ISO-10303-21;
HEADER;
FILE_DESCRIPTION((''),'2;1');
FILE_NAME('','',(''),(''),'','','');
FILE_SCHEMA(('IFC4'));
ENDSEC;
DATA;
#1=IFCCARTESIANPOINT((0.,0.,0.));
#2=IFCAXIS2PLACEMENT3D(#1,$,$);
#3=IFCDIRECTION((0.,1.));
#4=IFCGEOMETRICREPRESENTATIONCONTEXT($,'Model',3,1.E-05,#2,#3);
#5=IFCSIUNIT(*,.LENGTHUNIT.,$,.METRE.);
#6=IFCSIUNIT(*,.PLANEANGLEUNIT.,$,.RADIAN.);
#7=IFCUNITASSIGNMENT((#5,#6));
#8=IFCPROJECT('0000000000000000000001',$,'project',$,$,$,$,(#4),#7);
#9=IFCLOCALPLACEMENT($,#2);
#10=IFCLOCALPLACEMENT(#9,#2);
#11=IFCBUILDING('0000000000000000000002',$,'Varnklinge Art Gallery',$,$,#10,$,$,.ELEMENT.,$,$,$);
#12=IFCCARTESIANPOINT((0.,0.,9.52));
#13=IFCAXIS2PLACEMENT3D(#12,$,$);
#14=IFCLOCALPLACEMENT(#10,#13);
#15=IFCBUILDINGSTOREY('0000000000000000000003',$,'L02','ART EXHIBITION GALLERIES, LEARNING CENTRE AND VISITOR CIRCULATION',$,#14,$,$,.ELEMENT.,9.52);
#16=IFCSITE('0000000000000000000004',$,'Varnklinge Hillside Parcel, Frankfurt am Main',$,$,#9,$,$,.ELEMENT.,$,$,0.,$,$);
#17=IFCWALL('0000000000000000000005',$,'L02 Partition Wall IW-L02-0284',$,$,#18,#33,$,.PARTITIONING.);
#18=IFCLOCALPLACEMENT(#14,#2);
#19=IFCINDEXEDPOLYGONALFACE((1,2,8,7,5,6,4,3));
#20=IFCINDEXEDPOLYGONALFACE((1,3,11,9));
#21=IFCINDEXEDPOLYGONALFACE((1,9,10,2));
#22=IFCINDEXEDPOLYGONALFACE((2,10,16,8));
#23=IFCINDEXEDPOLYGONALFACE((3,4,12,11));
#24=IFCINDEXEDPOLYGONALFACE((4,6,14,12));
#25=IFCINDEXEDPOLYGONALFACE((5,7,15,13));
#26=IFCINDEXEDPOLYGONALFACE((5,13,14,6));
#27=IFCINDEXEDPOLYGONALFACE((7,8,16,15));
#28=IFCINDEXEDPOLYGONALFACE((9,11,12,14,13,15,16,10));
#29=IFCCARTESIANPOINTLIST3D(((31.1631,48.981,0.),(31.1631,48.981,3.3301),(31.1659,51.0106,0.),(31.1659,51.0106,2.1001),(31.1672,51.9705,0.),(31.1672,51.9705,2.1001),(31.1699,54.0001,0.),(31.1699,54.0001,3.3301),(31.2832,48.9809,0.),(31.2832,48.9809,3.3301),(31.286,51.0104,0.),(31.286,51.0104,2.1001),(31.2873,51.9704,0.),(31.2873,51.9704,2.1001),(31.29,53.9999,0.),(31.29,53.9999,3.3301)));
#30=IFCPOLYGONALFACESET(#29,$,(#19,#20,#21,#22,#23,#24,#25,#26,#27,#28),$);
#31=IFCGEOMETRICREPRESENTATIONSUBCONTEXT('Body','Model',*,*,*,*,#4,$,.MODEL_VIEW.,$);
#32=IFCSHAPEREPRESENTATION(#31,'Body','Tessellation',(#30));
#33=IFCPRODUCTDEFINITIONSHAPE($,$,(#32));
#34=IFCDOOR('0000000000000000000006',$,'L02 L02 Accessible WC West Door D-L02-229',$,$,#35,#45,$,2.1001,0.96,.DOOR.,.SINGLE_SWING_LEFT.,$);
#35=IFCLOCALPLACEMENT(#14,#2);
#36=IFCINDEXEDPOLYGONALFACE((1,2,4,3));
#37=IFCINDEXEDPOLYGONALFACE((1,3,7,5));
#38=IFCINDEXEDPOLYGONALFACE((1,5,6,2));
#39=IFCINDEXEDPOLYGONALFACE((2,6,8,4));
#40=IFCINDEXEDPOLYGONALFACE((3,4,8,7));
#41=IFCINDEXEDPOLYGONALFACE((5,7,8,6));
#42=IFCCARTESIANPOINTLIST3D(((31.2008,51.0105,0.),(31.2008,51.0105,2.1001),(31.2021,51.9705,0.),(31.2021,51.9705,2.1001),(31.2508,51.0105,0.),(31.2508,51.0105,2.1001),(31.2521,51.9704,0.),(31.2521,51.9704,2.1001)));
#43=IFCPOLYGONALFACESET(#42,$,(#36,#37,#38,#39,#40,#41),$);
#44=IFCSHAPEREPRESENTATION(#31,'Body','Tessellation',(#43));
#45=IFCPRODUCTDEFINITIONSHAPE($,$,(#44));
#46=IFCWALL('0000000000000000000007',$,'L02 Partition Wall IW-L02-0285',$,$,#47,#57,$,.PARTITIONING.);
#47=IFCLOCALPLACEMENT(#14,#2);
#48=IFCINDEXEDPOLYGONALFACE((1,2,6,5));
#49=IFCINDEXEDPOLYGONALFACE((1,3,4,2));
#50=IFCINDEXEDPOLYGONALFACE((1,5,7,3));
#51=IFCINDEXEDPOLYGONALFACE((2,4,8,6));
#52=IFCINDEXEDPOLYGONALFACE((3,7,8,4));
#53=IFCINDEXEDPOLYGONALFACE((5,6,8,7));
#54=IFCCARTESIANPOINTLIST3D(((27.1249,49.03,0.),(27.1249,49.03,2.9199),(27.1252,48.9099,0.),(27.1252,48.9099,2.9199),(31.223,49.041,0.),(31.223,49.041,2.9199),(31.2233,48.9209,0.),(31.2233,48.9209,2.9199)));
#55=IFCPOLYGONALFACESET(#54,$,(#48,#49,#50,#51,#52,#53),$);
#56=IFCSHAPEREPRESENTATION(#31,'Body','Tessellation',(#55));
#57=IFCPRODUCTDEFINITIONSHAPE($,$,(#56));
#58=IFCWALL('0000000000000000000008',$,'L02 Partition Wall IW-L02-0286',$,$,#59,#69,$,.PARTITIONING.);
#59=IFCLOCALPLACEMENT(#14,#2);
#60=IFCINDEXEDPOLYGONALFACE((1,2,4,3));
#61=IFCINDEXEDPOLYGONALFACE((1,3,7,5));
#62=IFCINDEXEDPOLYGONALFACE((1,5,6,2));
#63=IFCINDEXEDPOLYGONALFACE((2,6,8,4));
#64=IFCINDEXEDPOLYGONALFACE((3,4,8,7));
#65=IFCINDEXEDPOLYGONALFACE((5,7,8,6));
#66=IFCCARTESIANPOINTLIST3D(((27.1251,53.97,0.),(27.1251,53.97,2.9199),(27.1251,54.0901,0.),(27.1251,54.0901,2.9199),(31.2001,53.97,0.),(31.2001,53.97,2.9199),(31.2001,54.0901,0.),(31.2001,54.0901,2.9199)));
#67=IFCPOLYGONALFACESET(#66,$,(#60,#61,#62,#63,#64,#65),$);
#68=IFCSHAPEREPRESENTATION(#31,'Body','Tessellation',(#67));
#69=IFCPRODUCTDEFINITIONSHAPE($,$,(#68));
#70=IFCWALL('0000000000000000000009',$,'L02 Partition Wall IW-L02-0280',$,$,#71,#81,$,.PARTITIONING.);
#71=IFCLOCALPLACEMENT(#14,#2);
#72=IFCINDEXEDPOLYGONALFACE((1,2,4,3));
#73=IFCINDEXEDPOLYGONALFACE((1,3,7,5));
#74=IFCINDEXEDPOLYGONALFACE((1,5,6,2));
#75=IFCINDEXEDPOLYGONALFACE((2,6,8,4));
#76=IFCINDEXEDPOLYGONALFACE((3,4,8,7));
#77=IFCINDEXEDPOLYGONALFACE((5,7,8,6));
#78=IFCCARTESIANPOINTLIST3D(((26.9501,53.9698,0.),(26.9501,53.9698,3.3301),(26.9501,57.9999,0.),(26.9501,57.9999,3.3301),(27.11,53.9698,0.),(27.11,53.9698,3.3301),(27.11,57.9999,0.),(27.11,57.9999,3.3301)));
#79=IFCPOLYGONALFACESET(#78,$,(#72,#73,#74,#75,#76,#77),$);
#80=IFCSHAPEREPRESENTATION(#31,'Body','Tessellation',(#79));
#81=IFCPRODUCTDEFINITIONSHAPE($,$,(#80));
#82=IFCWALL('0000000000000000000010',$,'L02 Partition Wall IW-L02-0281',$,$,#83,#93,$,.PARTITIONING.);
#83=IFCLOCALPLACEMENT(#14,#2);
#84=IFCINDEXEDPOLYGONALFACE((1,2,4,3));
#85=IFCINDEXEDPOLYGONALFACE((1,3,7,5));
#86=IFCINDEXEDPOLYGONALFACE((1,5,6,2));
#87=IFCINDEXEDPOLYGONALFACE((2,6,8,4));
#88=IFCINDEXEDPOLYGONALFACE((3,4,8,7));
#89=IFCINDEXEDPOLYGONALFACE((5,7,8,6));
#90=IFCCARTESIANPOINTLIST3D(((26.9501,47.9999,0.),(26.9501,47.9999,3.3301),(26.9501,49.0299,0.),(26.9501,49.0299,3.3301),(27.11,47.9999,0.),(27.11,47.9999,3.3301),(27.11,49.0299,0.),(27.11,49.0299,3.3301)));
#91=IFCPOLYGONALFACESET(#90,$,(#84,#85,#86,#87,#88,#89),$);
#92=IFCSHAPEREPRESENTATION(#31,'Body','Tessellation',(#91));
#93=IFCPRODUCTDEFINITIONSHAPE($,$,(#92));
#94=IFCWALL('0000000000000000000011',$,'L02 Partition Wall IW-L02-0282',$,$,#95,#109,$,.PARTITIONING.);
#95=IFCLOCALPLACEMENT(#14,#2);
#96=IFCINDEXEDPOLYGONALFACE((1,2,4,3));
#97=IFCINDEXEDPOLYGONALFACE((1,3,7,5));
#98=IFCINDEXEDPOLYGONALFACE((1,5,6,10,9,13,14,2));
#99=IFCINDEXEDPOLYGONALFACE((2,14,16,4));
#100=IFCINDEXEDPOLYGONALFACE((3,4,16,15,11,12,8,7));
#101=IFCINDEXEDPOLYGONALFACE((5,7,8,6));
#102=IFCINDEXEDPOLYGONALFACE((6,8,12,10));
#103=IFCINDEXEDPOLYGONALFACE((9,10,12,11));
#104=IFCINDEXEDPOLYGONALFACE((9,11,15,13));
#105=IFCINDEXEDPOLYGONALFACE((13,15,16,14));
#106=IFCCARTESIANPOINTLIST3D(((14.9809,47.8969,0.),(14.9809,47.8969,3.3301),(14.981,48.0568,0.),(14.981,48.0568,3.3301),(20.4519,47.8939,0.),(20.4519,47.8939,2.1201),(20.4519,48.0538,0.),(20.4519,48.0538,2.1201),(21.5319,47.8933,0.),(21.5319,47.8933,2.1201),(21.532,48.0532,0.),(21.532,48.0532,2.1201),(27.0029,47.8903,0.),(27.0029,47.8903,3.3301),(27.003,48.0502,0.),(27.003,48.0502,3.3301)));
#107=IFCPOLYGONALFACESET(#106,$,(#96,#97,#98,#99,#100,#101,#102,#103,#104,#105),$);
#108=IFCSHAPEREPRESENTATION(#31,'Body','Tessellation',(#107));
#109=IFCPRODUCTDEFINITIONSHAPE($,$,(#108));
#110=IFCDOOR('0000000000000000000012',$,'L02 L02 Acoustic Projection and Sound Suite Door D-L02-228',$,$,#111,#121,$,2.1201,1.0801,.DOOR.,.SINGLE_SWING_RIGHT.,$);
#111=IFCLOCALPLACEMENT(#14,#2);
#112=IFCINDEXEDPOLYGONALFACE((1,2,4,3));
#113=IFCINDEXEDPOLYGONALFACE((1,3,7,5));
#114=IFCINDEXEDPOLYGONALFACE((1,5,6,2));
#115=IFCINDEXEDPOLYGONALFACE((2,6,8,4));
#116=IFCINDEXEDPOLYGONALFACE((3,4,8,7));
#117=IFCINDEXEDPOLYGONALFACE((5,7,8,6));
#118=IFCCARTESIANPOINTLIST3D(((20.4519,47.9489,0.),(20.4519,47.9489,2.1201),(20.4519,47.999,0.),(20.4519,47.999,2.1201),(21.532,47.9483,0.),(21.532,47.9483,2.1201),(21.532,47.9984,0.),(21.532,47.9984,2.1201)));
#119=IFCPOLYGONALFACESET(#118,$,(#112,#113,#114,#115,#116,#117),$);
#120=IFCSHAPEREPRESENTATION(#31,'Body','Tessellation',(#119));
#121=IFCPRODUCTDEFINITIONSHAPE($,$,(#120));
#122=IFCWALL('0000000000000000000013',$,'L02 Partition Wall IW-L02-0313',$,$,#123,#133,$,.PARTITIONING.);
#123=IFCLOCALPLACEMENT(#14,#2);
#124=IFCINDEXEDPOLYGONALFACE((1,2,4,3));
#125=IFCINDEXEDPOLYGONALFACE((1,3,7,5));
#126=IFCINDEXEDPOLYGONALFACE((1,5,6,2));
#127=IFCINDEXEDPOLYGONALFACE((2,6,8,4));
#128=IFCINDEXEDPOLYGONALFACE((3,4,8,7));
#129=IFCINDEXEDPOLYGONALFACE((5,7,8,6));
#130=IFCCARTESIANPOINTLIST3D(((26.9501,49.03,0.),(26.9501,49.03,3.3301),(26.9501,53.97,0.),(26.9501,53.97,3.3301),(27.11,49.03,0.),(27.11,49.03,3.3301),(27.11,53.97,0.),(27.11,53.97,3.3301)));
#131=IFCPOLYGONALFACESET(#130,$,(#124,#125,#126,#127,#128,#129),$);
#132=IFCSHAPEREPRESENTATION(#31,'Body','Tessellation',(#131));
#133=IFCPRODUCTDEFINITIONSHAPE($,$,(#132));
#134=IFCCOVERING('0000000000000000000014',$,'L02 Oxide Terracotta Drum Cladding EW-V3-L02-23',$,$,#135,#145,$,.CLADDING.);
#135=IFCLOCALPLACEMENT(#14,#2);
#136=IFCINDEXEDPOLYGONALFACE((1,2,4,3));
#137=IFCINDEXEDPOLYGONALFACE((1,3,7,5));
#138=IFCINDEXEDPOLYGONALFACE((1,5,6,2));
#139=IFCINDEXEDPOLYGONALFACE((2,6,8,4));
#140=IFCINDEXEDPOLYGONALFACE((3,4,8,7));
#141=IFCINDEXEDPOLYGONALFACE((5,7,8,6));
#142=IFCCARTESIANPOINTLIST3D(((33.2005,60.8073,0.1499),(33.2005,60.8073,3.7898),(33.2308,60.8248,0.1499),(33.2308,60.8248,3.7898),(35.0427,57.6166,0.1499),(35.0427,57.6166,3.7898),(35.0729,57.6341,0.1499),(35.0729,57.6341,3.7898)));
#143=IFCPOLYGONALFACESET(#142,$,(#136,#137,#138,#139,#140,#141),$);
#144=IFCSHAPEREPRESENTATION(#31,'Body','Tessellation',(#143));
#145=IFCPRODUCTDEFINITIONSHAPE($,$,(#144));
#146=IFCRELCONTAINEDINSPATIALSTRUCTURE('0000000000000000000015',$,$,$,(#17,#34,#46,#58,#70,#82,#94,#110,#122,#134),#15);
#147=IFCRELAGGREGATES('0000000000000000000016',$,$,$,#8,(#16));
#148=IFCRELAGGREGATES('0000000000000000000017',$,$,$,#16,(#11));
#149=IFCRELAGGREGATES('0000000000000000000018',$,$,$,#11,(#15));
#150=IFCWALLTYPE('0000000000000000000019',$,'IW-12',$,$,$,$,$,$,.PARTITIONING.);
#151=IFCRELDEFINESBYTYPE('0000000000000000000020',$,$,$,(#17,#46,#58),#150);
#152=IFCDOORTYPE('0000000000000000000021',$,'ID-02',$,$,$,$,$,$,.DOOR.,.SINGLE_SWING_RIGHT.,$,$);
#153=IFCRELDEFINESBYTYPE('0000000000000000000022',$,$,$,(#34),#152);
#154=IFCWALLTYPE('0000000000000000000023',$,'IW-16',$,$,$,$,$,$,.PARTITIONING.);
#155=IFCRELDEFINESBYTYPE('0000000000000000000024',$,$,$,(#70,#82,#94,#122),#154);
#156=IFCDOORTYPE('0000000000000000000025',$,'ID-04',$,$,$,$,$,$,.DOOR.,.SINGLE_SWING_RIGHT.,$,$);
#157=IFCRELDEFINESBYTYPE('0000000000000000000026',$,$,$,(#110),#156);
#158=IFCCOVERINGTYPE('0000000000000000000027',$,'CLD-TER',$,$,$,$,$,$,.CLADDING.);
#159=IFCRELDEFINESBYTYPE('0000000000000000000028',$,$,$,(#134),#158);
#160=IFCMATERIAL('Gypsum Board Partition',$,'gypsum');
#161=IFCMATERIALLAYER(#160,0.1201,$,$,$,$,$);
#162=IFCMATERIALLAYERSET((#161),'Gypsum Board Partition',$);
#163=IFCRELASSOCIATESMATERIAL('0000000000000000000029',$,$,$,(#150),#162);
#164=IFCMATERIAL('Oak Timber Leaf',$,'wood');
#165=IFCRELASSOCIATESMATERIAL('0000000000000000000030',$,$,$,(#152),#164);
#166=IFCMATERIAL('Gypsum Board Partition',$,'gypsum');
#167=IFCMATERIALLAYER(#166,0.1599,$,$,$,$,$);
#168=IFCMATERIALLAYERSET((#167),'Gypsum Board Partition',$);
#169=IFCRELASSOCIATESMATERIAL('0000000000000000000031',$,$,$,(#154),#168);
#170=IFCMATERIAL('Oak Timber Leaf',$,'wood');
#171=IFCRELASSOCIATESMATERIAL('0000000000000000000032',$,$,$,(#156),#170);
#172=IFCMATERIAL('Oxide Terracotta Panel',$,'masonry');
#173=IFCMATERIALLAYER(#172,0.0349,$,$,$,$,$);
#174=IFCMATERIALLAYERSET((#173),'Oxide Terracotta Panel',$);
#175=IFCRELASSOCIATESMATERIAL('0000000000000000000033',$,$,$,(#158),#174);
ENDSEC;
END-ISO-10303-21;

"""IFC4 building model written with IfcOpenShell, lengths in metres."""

from ifc_helpers import new_model, si_unit, direction, frame, frame_2d, origin, origin_2d, place, context, subcontext, project, spatial, rectangle, extrude, material, layer, layer_set, type_object, element, fill, save


model = new_model("IFC4")

# Units and contexts
model_context = context("Model", 3, precision=1e-05, world=origin(), true_north=direction((0.0, 1.0)))
body_context = subcontext(model_context, "Body", "Model", "MODEL_VIEW")
ifc_project = project(units=[si_unit("LENGTHUNIT", "METRE"), si_unit("PLANEANGLEUNIT", "RADIAN")], contexts=[model_context])

# Site, building, storey
site_placement = place(None, origin())
site = spatial("IfcSite", under=ifc_project, at=site_placement, Name="Varnklinge Hillside Parcel, Frankfurt am Main", CompositionType="ELEMENT", RefElevation=0.0)
building_placement = place(site_placement, origin())
building = spatial("IfcBuilding", under=site, at=building_placement, Name="Varnklinge Art Gallery", CompositionType="ELEMENT")
storey_placement = place(building_placement, frame((0.0, 0.0, 9.52)))
storey = spatial("IfcBuildingStorey", under=building, at=storey_placement, Name="L02", Description="ART EXHIBITION GALLERIES, LEARNING CENTRE AND VISITOR CIRCULATION", CompositionType="ELEMENT", Elevation=9.52)

# Wall, opening, door
ifc_material_1 = material(Name="Gypsum Board Partition", Category="gypsum")
ifc_layer_1 = layer(ifc_material_1, 0.1201)
ifc_layer_set_1 = layer_set([ifc_layer_1], Name="Gypsum Board Partition")
wall_type_1 = type_object("IfcWallType", Name="IW-12", PredefinedType="PARTITIONING", material=ifc_layer_set_1)
wall_1_placement = place(storey_placement, frame((31.23, 54.0, 0.0), z_axis=(0.0, 0.0, 1.0), x_axis=(-0.001362, -0.999999, 0.0)))
wall_1 = element("IfcWall", 1, at=wall_1_placement, inside=storey, type_object=wall_type_1, Name="L02 Partition Wall IW-L02-0284", PredefinedType="PARTITIONING", context=body_context, shape_type="SweptSolid", body=[
    extrude(rectangle(XDim=5.019, YDim=0.1201, at=frame_2d((2.5095, 0.0))), origin(), (0.0, 0.0, 1.0), 3.3301),
])
opening_1_placement = place(wall_1_placement, frame((2.0295, 0.0, 0.0)))
opening_1 = element("IfcOpeningElement", 2, at=opening_1_placement, cuts=wall_1, PredefinedType="OPENING", context=body_context, shape_type="SweptSolid", body=[
    extrude(rectangle(XDim=0.96, YDim=2.1001, at=frame_2d((0.48, 1.05))), frame((0.0, 0.0701, 0.0), z_axis=(0.0, -1.0, 0.0), x_axis=(1.0, 0.0, 0.0)), (0.0, 0.0, 1.0), 0.1401),
])
ifc_material_2 = material(Name="Oak Timber Leaf", Category="wood")
door_type_1 = type_object("IfcDoorType", Name="ID-02", OperationType="SINGLE_SWING_RIGHT", PredefinedType="DOOR", material=ifc_material_2)
door_1_placement = place(opening_1_placement, origin())
door_1 = element("IfcDoor", 3, at=door_1_placement, inside=storey, type_object=door_type_1, Name="L02 L02 Accessible WC West Door D-L02-229", OperationType="SINGLE_SWING_LEFT", OverallHeight=2.1001, OverallWidth=0.96, PredefinedType="DOOR", context=body_context, shape_type="SweptSolid", body=[
    extrude(rectangle(XDim=0.96, YDim=2.1001, at=frame_2d((0.48, 1.05))), frame((0.0, 0.0249, 0.0), z_axis=(0.0, -1.0, 0.0), x_axis=(1.0, 0.0, 0.0)), (0.0, 0.0, 1.0), 0.05),
])
fill(opening_1, door_1)

# Walls
wall_2_placement = place(storey_placement, frame((31.2231, 48.981, 0.0), z_axis=(0.0, 0.0, 1.0), x_axis=(-0.999996, -0.002681, 0.0)))
element("IfcWall", 4, at=wall_2_placement, inside=storey, type_object=wall_type_1, Name="L02 Partition Wall IW-L02-0285", PredefinedType="PARTITIONING", context=body_context, shape_type="SweptSolid", body=[
    extrude(rectangle(XDim=4.0981, YDim=0.1201, at=frame_2d((2.0491, 0.0))), origin(), (0.0, 0.0, 1.0), 2.9199),
])
wall_3_placement = place(storey_placement, frame((27.125, 54.03, 0.0), z_axis=(0.0, 0.0, 1.0), x_axis=(1.0, 0.0, 0.0)))
element("IfcWall", 5, at=wall_3_placement, inside=storey, type_object=wall_type_1, Name="L02 Partition Wall IW-L02-0286", PredefinedType="PARTITIONING", context=body_context, shape_type="SweptSolid", body=[
    extrude(rectangle(XDim=4.075, YDim=0.1201, at=frame_2d((2.0376, 0.0))), origin(), (0.0, 0.0, 1.0), 2.9199),
])
ifc_material_3 = material(Name="Gypsum Board Partition", Category="gypsum")
ifc_layer_2 = layer(ifc_material_3, 0.1599)
ifc_layer_set_2 = layer_set([ifc_layer_2], Name="Gypsum Board Partition")
wall_type_2 = type_object("IfcWallType", Name="IW-16", PredefinedType="PARTITIONING", material=ifc_layer_set_2)
wall_4_placement = place(storey_placement, frame((27.03, 58.0, 0.0), z_axis=(0.0, 0.0, 1.0), x_axis=(0.0, -1.0, 0.0)))
element("IfcWall", 6, at=wall_4_placement, inside=storey, type_object=wall_type_2, Name="L02 Partition Wall IW-L02-0280", PredefinedType="PARTITIONING", context=body_context, shape_type="SweptSolid", body=[
    extrude(rectangle(XDim=4.03, YDim=0.1599, at=frame_2d((2.0151, 0.0))), origin(), (0.0, 0.0, 1.0), 3.3301),
])
wall_5_placement = place(storey_placement, frame((27.03, 49.03, 0.0), z_axis=(0.0, 0.0, 1.0), x_axis=(0.0, -1.0, 0.0)))
element("IfcWall", 7, at=wall_5_placement, inside=storey, type_object=wall_type_2, Name="L02 Partition Wall IW-L02-0281", PredefinedType="PARTITIONING", context=body_context, shape_type="SweptSolid", body=[
    extrude(rectangle(XDim=1.03, YDim=0.1599, at=frame_2d((0.5151, 0.0))), origin(), (0.0, 0.0, 1.0), 3.3301),
])

# Wall, opening, door
wall_6_placement = place(storey_placement, frame((27.0029, 47.9702, 0.0), z_axis=(0.0, 0.0, 1.0), x_axis=(-1.0, 0.000548, 0.0)))
wall_6 = element("IfcWall", 8, at=wall_6_placement, inside=storey, type_object=wall_type_2, Name="L02 Partition Wall IW-L02-0282", PredefinedType="PARTITIONING", context=body_context, shape_type="SweptSolid", body=[
    extrude(rectangle(XDim=12.022, YDim=0.1599, at=frame_2d((6.011, 0.0))), origin(), (0.0, 0.0, 1.0), 3.3301),
])
opening_2_placement = place(wall_6_placement, frame((5.4709, 0.0, 0.0)))
opening_2 = element("IfcOpeningElement", 9, at=opening_2_placement, cuts=wall_6, PredefinedType="OPENING", context=body_context, shape_type="SweptSolid", body=[
    extrude(rectangle(XDim=1.0801, YDim=2.1201, at=frame_2d((0.54, 1.0601))), frame((0.0, 0.0901, 0.0), z_axis=(0.0, -1.0, 0.0), x_axis=(1.0, 0.0, 0.0)), (0.0, 0.0, 1.0), 0.1799),
])
ifc_material_4 = material(Name="Oak Timber Leaf", Category="wood")
door_type_2 = type_object("IfcDoorType", Name="ID-04", OperationType="SINGLE_SWING_RIGHT", PredefinedType="DOOR", material=ifc_material_4)
door_2_placement = place(opening_2_placement, origin())
door_2 = element("IfcDoor", 10, at=door_2_placement, inside=storey, type_object=door_type_2, Name="L02 L02 Acoustic Projection and Sound Suite Door D-L02-228", OperationType="SINGLE_SWING_RIGHT", OverallHeight=2.1201, OverallWidth=1.0801, PredefinedType="DOOR", context=body_context, shape_type="SweptSolid", body=[
    extrude(rectangle(XDim=1.0801, YDim=2.1201, at=frame_2d((0.54, 1.0601))), frame((0.0, 0.0249, 0.0), z_axis=(0.0, -1.0, 0.0), x_axis=(1.0, 0.0, 0.0)), (0.0, 0.0, 1.0), 0.05),
])
fill(opening_2, door_2)

# Wall
wall_7_placement = place(storey_placement, frame((27.03, 53.97, 0.0), z_axis=(0.0, 0.0, 1.0), x_axis=(0.0, -1.0, 0.0)))
element("IfcWall", 11, at=wall_7_placement, inside=storey, type_object=wall_type_2, Name="L02 Partition Wall IW-L02-0313", PredefinedType="PARTITIONING", context=body_context, shape_type="SweptSolid", body=[
    extrude(rectangle(XDim=4.9399, YDim=0.1599, at=frame_2d((2.47, 0.0))), origin(), (0.0, 0.0, 1.0), 3.3301),
])

# Covering
ifc_material_5 = material(Name="Oxide Terracotta Panel", Category="masonry")
ifc_layer_3 = layer(ifc_material_5, 0.0349)
ifc_layer_set_3 = layer_set([ifc_layer_3], Name="Oxide Terracotta Panel")
covering_type = type_object("IfcCoveringType", Name="CLD-TER", PredefinedType="CLADDING", material=ifc_layer_set_3)
covering_placement = place(storey_placement, frame((34.1367, 59.2207, 0.1499), z_axis=(0.0, 0.0, 1.0), x_axis=(0.5, -0.866025, 0.0)))
element("IfcCovering", 12, at=covering_placement, inside=storey, type_object=covering_type, Name="L02 Oxide Terracotta Drum Cladding EW-V3-L02-23", PredefinedType="CLADDING", context=body_context, shape_type="SweptSolid", body=[
    extrude(rectangle(XDim=3.6843, YDim=0.0349, at=origin_2d()), origin(), (0.0, 0.0, 1.0), 3.6399),
])

save(model, "model.ifc")
